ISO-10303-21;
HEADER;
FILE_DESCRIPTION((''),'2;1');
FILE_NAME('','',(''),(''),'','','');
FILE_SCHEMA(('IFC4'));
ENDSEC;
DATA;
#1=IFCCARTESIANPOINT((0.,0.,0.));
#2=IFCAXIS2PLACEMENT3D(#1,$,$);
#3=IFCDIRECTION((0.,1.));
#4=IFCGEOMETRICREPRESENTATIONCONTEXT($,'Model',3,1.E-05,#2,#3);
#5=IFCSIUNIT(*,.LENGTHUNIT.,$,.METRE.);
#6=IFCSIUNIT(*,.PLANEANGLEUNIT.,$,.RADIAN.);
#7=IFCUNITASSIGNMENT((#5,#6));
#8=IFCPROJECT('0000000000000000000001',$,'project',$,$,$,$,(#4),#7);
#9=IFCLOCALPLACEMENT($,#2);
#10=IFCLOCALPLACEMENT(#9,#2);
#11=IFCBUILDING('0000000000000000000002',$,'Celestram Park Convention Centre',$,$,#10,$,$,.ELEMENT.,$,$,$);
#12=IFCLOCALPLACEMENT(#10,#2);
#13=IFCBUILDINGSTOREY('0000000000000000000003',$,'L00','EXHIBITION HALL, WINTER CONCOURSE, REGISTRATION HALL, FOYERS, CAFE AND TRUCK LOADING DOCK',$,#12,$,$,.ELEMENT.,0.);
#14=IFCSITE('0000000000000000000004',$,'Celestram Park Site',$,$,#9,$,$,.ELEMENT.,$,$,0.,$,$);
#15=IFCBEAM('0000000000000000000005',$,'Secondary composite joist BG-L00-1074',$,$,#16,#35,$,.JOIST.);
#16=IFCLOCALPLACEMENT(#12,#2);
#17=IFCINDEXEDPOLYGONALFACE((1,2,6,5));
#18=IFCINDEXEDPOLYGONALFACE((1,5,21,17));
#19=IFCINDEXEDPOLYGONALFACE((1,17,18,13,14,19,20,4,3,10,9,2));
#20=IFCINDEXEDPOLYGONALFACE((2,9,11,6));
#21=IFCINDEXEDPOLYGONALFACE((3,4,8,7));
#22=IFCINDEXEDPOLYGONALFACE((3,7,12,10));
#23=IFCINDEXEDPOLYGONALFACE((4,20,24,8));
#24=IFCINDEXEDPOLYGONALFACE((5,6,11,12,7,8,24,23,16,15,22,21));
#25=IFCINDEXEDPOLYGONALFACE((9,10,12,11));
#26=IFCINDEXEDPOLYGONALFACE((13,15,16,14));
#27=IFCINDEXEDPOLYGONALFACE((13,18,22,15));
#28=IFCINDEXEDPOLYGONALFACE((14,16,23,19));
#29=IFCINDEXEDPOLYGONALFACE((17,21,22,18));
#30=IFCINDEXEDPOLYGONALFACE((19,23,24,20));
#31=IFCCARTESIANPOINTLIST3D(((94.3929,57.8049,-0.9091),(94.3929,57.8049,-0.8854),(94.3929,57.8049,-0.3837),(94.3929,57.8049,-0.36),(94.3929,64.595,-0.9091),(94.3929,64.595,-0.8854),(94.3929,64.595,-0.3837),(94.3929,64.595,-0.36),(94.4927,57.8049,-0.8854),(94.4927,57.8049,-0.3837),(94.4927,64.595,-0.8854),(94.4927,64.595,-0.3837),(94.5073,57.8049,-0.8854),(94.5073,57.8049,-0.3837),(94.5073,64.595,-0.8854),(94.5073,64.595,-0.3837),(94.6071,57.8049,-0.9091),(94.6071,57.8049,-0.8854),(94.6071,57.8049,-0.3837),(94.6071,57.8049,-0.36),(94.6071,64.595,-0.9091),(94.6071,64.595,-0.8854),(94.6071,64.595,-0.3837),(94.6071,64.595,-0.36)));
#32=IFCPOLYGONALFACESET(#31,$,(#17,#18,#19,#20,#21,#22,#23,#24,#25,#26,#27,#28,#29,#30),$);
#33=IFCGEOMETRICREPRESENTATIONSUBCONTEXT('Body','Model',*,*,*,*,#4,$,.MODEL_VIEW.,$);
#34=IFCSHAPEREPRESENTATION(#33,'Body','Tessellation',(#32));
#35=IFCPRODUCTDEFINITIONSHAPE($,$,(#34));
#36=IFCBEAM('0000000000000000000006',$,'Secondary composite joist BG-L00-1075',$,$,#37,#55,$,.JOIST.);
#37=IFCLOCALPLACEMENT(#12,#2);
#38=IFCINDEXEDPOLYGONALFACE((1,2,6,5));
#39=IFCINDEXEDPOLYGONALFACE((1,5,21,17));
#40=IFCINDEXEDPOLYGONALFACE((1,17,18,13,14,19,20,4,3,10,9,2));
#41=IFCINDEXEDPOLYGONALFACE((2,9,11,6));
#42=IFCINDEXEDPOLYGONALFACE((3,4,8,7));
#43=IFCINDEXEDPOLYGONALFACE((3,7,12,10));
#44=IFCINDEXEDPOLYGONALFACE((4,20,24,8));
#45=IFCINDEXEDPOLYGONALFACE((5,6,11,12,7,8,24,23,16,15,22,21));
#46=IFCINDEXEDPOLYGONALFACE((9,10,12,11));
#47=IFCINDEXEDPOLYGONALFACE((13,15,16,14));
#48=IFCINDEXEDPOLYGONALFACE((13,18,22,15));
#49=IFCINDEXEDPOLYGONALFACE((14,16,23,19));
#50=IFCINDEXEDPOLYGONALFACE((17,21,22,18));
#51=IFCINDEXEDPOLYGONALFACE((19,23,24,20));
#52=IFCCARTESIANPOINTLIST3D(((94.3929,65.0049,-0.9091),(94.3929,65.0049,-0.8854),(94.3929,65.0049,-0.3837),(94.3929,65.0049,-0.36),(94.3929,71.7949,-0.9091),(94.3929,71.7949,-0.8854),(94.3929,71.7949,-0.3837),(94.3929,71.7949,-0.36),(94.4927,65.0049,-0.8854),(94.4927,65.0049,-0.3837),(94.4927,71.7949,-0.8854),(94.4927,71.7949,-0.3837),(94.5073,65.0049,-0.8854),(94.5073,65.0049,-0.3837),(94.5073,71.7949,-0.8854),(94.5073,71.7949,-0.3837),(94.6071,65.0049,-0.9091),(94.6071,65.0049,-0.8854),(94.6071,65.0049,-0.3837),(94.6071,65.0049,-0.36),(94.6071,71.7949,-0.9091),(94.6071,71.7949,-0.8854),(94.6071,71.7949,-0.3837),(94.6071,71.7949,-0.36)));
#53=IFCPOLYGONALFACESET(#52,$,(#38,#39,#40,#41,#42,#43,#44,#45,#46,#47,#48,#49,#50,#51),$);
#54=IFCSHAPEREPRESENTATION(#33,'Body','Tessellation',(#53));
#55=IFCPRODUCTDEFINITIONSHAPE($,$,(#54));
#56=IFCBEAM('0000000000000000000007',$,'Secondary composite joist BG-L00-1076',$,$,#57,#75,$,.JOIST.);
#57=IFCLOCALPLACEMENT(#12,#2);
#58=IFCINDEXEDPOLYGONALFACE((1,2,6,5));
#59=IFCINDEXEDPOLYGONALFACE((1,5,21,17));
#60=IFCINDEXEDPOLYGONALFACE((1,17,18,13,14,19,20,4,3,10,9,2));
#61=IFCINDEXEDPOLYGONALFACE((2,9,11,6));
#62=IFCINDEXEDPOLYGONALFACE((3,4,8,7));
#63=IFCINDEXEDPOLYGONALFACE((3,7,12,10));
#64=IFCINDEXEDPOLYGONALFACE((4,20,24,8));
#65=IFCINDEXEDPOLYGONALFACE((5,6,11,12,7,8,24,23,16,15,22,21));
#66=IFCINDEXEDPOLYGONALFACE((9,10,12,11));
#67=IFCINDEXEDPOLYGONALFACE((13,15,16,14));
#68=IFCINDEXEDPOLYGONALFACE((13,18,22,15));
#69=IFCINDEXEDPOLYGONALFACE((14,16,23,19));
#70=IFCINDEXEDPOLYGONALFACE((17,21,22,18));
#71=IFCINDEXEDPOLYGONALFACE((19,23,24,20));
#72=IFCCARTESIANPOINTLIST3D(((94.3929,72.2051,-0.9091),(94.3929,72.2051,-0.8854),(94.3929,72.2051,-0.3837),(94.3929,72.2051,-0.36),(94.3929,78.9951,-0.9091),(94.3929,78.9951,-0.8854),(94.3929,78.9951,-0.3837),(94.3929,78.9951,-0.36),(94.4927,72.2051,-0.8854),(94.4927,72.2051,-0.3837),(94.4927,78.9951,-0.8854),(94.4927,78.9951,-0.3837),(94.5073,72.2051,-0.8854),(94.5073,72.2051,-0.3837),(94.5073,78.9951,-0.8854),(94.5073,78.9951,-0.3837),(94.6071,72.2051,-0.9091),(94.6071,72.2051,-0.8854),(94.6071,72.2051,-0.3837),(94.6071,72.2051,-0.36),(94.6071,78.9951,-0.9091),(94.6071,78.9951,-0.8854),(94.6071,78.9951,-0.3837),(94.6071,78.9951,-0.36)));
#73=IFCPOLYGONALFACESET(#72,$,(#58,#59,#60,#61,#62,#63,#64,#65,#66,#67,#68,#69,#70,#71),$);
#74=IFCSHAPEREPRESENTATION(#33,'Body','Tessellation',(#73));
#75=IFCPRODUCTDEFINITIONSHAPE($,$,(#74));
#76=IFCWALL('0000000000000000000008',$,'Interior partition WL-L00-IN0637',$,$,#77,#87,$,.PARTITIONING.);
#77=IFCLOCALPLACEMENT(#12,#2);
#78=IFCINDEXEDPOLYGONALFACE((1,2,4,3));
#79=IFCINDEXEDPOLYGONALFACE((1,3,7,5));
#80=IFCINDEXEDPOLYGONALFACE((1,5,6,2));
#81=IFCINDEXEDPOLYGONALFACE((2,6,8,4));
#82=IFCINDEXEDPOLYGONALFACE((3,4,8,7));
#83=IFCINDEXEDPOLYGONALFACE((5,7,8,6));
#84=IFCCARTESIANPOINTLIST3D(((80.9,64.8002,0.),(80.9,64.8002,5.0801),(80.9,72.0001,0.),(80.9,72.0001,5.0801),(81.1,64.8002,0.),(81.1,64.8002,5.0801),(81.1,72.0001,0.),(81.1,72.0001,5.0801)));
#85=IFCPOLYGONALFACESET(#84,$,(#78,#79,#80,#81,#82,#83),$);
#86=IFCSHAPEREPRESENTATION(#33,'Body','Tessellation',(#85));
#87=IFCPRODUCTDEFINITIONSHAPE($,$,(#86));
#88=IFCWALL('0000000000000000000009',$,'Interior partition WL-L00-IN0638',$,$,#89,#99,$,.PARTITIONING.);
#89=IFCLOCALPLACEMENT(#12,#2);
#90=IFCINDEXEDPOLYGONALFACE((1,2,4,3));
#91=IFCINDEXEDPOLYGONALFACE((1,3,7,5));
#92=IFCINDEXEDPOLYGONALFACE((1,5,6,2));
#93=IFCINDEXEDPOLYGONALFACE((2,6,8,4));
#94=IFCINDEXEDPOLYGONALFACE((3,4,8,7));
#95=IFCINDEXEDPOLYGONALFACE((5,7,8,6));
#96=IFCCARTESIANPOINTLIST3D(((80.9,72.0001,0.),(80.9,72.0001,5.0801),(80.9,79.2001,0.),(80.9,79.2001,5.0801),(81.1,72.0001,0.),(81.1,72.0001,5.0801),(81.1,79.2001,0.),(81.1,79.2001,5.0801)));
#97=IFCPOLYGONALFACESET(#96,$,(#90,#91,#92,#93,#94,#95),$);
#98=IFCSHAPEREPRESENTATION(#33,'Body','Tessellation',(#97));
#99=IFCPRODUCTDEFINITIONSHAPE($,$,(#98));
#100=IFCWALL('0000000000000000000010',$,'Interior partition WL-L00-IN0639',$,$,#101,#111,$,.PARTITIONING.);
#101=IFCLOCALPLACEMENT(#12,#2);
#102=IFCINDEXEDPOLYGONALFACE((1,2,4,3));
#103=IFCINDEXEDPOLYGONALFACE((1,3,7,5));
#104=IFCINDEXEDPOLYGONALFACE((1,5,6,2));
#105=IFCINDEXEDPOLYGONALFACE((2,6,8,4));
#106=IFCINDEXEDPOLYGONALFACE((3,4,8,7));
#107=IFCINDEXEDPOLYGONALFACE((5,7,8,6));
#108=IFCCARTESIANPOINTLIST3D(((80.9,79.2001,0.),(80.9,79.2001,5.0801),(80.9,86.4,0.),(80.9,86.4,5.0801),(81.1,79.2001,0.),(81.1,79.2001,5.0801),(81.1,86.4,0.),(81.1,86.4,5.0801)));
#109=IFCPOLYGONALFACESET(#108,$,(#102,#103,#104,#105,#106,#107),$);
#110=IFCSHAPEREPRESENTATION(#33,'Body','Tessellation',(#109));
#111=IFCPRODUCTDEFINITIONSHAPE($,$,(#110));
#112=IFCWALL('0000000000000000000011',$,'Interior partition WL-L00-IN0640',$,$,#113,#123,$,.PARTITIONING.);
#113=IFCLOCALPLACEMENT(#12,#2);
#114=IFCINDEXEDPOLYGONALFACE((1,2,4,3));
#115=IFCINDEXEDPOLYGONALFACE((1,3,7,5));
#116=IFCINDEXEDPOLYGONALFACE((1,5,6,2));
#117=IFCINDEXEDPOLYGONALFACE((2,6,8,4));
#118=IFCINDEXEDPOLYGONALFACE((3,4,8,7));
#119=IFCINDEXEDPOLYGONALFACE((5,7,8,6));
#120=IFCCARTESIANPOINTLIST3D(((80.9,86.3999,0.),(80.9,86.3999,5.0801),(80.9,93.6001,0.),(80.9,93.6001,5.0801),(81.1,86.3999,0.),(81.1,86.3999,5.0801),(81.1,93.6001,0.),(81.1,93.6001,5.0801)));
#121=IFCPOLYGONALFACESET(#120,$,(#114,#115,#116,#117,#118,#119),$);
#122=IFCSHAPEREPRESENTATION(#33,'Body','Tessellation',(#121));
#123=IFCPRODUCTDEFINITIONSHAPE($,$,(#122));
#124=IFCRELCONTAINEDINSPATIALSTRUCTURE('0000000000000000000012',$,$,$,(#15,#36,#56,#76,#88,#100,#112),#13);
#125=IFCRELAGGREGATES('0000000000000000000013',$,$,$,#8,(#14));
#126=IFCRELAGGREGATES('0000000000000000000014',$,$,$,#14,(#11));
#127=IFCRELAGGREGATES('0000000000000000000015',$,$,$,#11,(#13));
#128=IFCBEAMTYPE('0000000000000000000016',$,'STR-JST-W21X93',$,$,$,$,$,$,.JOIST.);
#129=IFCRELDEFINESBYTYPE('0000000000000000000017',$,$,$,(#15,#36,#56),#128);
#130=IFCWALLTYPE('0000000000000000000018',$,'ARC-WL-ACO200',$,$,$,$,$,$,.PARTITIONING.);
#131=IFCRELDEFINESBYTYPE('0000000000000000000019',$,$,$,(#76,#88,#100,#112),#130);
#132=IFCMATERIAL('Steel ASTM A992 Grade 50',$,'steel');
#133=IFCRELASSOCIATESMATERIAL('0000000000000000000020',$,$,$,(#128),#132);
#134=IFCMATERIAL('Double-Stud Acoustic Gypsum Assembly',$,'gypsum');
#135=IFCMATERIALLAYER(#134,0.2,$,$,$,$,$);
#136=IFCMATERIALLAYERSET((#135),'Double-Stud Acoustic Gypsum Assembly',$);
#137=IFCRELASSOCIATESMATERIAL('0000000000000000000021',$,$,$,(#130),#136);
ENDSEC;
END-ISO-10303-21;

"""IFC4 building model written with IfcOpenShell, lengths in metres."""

from ifc_helpers import new_model, si_unit, direction, frame, frame_2d, origin, origin_2d, place, context, subcontext, project, spatial, rectangle, i_section, extrude, material, layer, layer_set, material_profile, profile_set, type_object, element, save


model = new_model("IFC4")

# Units and contexts
model_context = context("Model", 3, precision=1e-05, world=origin(), true_north=direction((0.0, 1.0)))
body_context = subcontext(model_context, "Body", "Model", "MODEL_VIEW")
ifc_project = project(units=[si_unit("LENGTHUNIT", "METRE"), si_unit("PLANEANGLEUNIT", "RADIAN")], contexts=[model_context])

# Site, building, storey
site_placement = place(None, origin())
site = spatial("IfcSite", under=ifc_project, at=site_placement, Name="Celestram Park Site", CompositionType="ELEMENT", RefElevation=0.0)
building_placement = place(site_placement, origin())
building = spatial("IfcBuilding", under=site, at=building_placement, Name="Celestram Park Convention Centre", CompositionType="ELEMENT")
storey_placement = place(building_placement, origin())
storey = spatial("IfcBuildingStorey", under=building, at=storey_placement, Name="L00", Description="EXHIBITION HALL, WINTER CONCOURSE, REGISTRATION HALL, FOYERS, CAFE AND TRUCK LOADING DOCK", CompositionType="ELEMENT", Elevation=0.0)

# Beams
ifc_material_1 = material(Name="Steel ASTM A992 Grade 50", Category="steel")
ifc_material_profile_1 = material_profile(ifc_material_1, i_section(OverallWidth=0.2141, OverallDepth=0.5491, WebThickness=0.0146, FlangeThickness=0.0237, at=origin_2d()), Name="W21X93")
ifc_profile_set_1 = profile_set([ifc_material_profile_1], Name="Steel ASTM A992 Grade 50")
beam_type_1 = type_object("IfcBeamType", Name="STR-JST-W21X93", PredefinedType="JOIST", material=ifc_profile_set_1)
for number, where, z_axis, x_axis, name in (
    (1, (94.5, 57.8049, -0.6345), (0.0, 1.0, 0.0), (-1.0, 0.0, 0.0), "Secondary composite joist BG-L00-1074"),
    (2, (94.5, 65.0049, -0.6345), (0.0, 1.0, 0.0), (-1.0, 0.0, 0.0), "Secondary composite joist BG-L00-1075"),
    (3, (94.5, 72.2051, -0.6345), (0.0, 1.0, 0.0), (-1.0, 0.0, 0.0), "Secondary composite joist BG-L00-1076"),
):
    element("IfcBeam", number, at=place(storey_placement, frame(where, z_axis=z_axis, x_axis=x_axis)), inside=storey, type_object=beam_type_1, Name=name, PredefinedType="JOIST", context=body_context, shape_type="SweptSolid", body=[
        extrude(i_section(OverallWidth=0.2141, OverallDepth=0.5491, WebThickness=0.0146, FlangeThickness=0.0237, at=origin_2d()), origin(), (0.0, 0.0, 1.0), 6.79),
    ])

# Walls
ifc_material_2 = material(Name="Double-Stud Acoustic Gypsum Assembly", Category="gypsum")
ifc_layer = layer(ifc_material_2, 0.2)
ifc_layer_set = layer_set([ifc_layer], Name="Double-Stud Acoustic Gypsum Assembly")
wall_type = type_object("IfcWallType", Name="ARC-WL-ACO200", PredefinedType="PARTITIONING", material=ifc_layer_set)
for number, where, z_axis, x_axis, name in (
    (4, (81.0, 64.8, 0.0), (0.0, 0.0, 1.0), (0.0, 1.0, 0.0), "Interior partition WL-L00-IN0637"),
    (5, (81.0, 72.0, 0.0), (0.0, 0.0, 1.0), (0.0, 1.0, 0.0), "Interior partition WL-L00-IN0638"),
    (6, (81.0, 79.2, 0.0), (0.0, 0.0, 1.0), (0.0, 1.0, 0.0), "Interior partition WL-L00-IN0639"),
):
    element("IfcWall", number, at=place(storey_placement, frame(where, z_axis=z_axis, x_axis=x_axis)), inside=storey, type_object=wall_type, Name=name, PredefinedType="PARTITIONING", context=body_context, shape_type="SweptSolid", body=[
        extrude(rectangle(XDim=7.2, YDim=0.2, at=frame_2d((3.6001, 0.0))), origin(), (0.0, 0.0, 1.0), 5.0801),
    ])
wall_placement = place(storey_placement, frame((81.0, 86.3999, 0.0), z_axis=(0.0, 0.0, 1.0), x_axis=(0.0, 1.0, 0.0)))
element("IfcWall", 7, at=wall_placement, inside=storey, type_object=wall_type, Name="Interior partition WL-L00-IN0640", PredefinedType="PARTITIONING", context=body_context, shape_type="SweptSolid", body=[
    extrude(rectangle(XDim=7.2002, YDim=0.2, at=frame_2d((3.6001, 0.0))), origin(), (0.0, 0.0, 1.0), 5.0801),
])

save(model, "model.ifc")
